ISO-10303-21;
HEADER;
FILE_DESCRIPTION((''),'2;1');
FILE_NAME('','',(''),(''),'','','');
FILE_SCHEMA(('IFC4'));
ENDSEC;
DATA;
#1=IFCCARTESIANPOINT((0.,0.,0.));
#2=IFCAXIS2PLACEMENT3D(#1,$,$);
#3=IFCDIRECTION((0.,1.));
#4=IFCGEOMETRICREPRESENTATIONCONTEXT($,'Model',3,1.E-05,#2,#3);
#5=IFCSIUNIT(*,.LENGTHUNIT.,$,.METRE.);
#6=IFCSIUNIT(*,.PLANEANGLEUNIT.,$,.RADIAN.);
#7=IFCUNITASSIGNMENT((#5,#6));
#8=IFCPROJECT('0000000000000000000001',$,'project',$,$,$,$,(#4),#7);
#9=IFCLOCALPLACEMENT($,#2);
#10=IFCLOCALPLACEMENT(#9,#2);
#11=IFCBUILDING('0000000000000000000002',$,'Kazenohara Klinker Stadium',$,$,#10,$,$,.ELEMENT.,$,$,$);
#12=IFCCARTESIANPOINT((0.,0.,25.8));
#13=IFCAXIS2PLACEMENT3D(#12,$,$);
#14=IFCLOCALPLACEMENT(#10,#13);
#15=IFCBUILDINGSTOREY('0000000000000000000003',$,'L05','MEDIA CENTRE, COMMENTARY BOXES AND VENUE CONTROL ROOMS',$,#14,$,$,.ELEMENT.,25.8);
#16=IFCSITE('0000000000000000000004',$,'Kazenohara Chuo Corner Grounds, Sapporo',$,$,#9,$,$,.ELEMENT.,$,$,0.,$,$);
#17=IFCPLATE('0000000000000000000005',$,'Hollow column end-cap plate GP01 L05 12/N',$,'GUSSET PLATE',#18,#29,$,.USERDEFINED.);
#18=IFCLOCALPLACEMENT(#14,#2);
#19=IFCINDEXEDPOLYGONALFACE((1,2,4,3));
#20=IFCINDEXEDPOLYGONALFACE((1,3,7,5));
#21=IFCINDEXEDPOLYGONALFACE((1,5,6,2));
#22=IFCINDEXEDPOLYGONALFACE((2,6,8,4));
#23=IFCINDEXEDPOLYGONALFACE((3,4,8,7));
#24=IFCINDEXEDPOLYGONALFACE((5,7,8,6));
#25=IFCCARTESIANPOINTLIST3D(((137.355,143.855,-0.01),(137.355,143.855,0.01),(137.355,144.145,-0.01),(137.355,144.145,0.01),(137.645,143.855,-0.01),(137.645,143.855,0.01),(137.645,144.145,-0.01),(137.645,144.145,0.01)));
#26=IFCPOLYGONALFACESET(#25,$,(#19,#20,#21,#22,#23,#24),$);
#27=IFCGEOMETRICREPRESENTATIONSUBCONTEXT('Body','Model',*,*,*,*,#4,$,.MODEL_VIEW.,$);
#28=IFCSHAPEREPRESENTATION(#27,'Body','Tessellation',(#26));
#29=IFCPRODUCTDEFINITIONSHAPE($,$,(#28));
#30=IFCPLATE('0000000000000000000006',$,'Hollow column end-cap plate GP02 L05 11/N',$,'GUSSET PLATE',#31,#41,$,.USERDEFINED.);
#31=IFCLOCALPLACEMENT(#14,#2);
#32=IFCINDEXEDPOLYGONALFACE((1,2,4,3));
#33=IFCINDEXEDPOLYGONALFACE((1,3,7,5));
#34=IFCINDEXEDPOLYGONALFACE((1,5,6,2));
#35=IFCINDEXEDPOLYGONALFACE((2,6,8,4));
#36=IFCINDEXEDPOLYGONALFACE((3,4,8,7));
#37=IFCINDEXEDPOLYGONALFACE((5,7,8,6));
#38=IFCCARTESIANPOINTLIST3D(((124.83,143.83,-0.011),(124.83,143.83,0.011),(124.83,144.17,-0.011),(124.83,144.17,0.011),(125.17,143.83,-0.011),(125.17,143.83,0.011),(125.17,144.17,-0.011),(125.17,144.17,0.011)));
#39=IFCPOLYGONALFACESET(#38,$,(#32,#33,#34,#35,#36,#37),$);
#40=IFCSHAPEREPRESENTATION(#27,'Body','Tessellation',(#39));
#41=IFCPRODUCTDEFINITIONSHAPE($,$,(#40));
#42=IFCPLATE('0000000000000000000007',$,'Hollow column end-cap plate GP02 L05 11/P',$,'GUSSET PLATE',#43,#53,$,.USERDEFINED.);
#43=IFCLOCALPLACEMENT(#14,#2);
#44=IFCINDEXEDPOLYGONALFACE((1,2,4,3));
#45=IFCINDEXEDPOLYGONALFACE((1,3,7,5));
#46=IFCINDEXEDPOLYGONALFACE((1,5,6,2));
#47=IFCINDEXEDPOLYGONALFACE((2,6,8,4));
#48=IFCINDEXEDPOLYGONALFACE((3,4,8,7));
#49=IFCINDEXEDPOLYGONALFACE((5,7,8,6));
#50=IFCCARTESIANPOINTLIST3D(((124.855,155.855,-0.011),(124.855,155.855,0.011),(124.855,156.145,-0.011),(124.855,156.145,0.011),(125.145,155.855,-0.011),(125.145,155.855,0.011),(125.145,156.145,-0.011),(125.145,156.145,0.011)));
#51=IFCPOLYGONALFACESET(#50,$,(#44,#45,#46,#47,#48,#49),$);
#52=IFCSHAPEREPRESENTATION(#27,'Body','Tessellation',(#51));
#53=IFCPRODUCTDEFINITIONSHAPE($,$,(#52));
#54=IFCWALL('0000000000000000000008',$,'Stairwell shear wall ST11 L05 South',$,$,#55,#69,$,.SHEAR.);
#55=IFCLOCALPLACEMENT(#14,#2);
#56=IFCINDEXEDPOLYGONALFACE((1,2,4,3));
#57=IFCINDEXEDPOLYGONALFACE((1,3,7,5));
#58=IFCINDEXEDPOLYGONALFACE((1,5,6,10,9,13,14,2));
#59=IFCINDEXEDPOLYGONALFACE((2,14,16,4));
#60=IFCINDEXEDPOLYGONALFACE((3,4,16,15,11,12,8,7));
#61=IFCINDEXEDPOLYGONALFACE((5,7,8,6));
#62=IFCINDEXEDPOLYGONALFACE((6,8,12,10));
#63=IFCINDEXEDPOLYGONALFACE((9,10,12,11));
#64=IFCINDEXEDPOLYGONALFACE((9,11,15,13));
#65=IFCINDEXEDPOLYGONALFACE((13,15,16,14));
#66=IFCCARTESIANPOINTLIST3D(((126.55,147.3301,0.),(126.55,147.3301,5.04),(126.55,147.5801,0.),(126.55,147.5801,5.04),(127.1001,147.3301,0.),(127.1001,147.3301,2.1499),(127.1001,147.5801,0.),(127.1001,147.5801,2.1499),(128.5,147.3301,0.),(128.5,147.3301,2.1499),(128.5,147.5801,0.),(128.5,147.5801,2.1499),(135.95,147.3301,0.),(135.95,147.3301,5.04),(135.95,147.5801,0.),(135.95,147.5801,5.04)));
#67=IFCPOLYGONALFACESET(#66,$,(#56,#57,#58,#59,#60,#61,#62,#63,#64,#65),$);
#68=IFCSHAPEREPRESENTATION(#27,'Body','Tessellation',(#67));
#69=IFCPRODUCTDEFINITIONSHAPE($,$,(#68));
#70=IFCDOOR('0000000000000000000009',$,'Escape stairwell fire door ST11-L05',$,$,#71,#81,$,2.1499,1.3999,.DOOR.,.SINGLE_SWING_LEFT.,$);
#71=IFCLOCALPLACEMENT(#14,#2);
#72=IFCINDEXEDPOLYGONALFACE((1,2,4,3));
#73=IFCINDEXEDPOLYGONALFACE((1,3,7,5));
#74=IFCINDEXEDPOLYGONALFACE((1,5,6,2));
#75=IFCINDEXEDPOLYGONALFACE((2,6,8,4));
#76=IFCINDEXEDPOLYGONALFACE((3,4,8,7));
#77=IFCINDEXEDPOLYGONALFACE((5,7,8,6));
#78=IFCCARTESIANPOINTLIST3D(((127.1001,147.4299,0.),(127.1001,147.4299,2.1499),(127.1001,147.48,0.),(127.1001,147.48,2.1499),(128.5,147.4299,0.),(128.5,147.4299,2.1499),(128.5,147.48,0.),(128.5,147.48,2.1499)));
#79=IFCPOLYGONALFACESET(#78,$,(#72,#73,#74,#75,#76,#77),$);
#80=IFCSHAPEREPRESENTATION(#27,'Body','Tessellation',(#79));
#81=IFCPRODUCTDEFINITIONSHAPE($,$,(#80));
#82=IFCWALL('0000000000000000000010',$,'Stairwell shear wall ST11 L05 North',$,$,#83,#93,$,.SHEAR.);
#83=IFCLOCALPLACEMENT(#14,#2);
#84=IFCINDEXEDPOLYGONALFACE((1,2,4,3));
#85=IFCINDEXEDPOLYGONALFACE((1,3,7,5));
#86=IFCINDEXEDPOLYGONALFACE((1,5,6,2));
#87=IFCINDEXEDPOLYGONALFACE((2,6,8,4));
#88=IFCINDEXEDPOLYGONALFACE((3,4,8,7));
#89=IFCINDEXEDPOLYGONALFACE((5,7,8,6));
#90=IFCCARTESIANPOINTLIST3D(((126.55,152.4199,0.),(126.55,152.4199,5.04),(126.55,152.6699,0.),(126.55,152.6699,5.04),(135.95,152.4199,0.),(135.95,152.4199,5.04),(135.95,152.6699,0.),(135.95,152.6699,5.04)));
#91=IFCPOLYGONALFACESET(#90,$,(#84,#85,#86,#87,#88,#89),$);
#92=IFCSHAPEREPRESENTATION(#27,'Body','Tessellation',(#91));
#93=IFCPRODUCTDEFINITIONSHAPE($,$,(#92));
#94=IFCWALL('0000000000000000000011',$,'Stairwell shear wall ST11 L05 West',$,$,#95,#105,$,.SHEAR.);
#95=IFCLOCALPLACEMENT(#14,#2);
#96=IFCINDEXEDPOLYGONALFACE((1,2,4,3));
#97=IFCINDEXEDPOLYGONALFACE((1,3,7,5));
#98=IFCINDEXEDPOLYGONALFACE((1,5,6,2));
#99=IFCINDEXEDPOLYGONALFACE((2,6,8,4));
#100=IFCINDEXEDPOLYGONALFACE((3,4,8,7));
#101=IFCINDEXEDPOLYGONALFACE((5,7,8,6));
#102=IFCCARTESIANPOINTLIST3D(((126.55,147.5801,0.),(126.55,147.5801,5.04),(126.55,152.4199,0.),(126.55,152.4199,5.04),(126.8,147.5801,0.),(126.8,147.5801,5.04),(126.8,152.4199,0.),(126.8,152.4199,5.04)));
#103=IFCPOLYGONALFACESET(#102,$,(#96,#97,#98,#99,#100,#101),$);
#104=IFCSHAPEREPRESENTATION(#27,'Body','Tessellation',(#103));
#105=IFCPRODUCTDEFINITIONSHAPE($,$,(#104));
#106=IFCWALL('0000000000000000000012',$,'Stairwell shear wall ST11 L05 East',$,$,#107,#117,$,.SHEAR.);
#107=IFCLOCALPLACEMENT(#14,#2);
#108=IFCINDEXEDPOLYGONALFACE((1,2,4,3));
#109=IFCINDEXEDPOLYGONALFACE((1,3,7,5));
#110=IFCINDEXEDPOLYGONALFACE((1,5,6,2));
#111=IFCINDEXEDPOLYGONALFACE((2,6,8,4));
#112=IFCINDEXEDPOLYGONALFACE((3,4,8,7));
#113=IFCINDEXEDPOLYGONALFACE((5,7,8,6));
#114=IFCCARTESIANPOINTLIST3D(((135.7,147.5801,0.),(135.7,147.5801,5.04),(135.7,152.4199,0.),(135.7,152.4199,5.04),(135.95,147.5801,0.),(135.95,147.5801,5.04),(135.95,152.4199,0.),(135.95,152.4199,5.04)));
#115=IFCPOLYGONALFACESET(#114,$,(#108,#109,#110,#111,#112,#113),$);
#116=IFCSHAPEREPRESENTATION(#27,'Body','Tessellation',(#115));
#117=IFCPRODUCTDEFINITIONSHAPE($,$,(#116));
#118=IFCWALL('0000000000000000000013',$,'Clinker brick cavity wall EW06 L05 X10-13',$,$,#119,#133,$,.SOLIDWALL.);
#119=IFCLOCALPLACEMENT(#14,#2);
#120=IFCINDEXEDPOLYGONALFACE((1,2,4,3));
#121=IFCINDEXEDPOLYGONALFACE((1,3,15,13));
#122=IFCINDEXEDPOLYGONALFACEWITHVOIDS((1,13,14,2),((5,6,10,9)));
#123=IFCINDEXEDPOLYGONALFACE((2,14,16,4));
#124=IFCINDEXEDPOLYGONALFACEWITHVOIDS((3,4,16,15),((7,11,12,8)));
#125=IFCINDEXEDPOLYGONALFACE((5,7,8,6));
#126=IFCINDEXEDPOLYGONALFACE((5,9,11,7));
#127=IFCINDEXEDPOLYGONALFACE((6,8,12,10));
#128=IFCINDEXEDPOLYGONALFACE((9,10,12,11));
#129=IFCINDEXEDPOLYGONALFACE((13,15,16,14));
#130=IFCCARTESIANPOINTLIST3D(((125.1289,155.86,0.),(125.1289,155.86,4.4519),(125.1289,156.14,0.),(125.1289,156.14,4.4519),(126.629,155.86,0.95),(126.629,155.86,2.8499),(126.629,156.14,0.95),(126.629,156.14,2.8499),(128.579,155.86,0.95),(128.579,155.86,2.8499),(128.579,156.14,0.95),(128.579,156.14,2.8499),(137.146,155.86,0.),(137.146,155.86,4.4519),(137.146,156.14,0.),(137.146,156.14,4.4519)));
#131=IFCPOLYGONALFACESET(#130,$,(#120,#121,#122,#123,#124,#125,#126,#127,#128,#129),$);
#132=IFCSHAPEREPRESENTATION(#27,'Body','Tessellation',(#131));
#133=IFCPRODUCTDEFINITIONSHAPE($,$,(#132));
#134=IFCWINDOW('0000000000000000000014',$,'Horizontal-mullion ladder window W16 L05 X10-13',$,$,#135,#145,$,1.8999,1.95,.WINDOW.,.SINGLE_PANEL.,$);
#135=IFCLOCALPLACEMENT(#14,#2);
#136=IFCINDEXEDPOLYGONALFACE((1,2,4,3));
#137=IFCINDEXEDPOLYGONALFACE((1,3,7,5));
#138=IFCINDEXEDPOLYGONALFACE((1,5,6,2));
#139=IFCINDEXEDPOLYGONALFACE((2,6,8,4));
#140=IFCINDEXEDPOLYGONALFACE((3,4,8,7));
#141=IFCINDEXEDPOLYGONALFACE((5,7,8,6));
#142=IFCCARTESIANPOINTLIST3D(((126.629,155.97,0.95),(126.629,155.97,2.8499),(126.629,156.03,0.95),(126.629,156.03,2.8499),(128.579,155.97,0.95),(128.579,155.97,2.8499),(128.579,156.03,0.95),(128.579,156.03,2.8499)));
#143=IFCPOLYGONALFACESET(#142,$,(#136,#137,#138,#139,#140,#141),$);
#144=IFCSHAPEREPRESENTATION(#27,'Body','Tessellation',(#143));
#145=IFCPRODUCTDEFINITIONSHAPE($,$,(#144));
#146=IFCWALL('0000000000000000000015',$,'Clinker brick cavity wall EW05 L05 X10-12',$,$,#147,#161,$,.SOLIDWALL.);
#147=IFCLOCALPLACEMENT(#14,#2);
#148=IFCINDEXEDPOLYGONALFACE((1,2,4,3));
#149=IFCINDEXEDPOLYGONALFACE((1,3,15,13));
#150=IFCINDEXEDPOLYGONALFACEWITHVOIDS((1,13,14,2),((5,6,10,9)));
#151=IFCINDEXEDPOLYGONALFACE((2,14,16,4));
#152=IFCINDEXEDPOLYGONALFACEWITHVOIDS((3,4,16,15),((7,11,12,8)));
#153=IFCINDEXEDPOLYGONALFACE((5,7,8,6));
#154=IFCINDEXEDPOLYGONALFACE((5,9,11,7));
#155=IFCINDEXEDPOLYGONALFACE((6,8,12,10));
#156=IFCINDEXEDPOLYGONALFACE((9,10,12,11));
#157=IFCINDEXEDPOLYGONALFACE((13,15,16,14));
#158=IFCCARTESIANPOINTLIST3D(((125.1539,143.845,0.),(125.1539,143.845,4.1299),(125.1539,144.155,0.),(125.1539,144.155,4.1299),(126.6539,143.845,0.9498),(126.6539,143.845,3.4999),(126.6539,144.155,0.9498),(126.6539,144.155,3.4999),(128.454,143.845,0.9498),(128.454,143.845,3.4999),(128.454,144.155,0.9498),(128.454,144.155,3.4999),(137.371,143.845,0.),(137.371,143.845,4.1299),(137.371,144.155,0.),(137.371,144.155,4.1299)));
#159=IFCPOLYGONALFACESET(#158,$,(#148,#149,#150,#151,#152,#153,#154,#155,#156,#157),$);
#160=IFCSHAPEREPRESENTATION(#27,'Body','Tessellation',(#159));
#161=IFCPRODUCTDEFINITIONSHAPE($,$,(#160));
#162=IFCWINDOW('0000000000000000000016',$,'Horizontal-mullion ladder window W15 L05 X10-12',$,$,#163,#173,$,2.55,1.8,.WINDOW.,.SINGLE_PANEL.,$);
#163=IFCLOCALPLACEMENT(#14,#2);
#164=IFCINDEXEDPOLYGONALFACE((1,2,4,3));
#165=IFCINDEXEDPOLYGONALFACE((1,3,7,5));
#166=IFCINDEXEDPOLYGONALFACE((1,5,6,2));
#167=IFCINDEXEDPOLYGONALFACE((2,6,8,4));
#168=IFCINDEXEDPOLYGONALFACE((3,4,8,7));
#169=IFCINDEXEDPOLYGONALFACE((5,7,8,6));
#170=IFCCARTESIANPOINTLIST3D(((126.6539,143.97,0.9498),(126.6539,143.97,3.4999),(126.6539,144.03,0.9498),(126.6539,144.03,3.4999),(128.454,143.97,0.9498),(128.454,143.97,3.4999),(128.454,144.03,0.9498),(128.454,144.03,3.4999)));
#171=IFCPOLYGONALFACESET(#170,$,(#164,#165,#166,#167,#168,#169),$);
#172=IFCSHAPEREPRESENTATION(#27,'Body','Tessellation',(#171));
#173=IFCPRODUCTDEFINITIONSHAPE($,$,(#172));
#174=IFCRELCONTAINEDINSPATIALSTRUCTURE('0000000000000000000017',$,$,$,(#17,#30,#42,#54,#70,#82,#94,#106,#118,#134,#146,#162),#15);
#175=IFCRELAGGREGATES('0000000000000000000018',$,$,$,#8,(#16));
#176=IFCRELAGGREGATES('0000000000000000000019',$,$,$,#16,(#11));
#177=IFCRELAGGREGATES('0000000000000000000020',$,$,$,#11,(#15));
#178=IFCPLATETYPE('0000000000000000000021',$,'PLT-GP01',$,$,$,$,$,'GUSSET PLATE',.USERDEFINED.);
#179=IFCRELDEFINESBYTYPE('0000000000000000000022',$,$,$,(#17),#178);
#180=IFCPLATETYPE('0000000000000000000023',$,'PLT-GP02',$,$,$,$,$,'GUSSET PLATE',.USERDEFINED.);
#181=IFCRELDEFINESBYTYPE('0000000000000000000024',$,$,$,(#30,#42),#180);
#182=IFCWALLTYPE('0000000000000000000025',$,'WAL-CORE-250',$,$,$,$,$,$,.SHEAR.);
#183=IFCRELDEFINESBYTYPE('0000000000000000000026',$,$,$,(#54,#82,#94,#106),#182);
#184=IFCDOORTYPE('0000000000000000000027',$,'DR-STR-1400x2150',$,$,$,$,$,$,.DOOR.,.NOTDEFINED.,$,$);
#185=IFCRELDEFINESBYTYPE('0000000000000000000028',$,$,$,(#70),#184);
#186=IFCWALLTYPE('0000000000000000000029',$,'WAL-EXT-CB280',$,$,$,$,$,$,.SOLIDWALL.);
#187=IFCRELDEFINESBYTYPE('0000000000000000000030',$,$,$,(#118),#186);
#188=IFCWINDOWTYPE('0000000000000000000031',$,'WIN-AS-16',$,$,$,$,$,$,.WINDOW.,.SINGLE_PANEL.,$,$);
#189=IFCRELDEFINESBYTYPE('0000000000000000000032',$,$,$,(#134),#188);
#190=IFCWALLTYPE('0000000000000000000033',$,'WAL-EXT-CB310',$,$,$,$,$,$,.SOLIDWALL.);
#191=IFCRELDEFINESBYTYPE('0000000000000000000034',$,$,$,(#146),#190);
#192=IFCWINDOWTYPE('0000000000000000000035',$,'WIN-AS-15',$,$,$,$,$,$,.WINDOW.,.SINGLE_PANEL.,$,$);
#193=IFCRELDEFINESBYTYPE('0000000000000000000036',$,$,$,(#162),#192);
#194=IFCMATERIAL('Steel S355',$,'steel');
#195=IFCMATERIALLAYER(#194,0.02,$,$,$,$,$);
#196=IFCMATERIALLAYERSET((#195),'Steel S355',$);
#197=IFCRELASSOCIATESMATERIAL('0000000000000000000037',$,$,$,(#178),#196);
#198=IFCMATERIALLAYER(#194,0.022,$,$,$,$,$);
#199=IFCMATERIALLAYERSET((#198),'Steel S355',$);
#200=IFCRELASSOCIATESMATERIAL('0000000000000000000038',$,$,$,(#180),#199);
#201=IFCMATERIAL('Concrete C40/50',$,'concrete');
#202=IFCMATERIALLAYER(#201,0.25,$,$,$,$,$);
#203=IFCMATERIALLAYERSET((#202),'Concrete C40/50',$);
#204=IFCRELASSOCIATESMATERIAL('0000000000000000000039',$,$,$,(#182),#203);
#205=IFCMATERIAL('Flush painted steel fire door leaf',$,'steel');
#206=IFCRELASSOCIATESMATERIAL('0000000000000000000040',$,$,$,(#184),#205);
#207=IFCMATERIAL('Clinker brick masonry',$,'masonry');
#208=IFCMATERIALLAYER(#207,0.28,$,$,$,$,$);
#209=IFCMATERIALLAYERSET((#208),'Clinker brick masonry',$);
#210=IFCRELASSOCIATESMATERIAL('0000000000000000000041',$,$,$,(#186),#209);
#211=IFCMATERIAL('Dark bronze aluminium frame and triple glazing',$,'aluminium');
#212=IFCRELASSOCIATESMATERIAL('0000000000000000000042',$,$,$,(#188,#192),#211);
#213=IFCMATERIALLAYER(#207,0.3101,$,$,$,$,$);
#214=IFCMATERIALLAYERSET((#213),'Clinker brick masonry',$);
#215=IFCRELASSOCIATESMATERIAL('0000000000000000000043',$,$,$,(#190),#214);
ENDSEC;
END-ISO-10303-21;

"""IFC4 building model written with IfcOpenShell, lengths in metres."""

from ifc_helpers import new_model, si_unit, direction, frame, frame_2d, origin, origin_2d, place, context, subcontext, project, spatial, rectangle, extrude, material, layer, layer_set, type_object, element, fill, save


model = new_model("IFC4")

# Units and contexts
model_context = context("Model", 3, precision=1e-05, world=origin(), true_north=direction((0.0, 1.0)))
body_context = subcontext(model_context, "Body", "Model", "MODEL_VIEW")
ifc_project = project(units=[si_unit("LENGTHUNIT", "METRE"), si_unit("PLANEANGLEUNIT", "RADIAN")], contexts=[model_context])

# Site, building, storey
site_placement = place(None, origin())
site = spatial("IfcSite", under=ifc_project, at=site_placement, Name="Kazenohara Chuo Corner Grounds, Sapporo", CompositionType="ELEMENT", RefElevation=0.0)
building_placement = place(site_placement, origin())
building = spatial("IfcBuilding", under=site, at=building_placement, Name="Kazenohara Klinker Stadium", CompositionType="ELEMENT")
storey_placement = place(building_placement, frame((0.0, 0.0, 25.8)))
storey = spatial("IfcBuildingStorey", under=building, at=storey_placement, Name="L05", Description="MEDIA CENTRE, COMMENTARY BOXES AND VENUE CONTROL ROOMS", CompositionType="ELEMENT", Elevation=25.8)

# Shared definitions
ifc_material_1 = material(Name="Concrete C40/50", Category="concrete")
ifc_material_2 = material(Name="Steel S355", Category="steel")

# Plates
ifc_layer_1 = layer(ifc_material_2, 0.02)
ifc_layer_set_1 = layer_set([ifc_layer_1], Name="Steel S355")
plate_type_1 = type_object("IfcPlateType", Name="PLT-GP01", ElementType="GUSSET PLATE", PredefinedType="USERDEFINED", material=ifc_layer_set_1)
plate_1_placement = place(storey_placement, frame((137.5, 144.0, -0.01), z_axis=(0.0, 0.0, 1.0), x_axis=(1.0, 0.0, 0.0)))
element("IfcPlate", 1, at=plate_1_placement, inside=storey, type_object=plate_type_1, Name="Hollow column end-cap plate GP01 L05 12/N", ObjectType="GUSSET PLATE", PredefinedType="USERDEFINED", context=body_context, shape_type="SweptSolid", body=[
    extrude(rectangle(XDim=0.29, YDim=0.29, at=origin_2d()), origin(), (0.0, 0.0, 1.0), 0.02),
])
ifc_layer_2 = layer(ifc_material_2, 0.022)
ifc_layer_set_2 = layer_set([ifc_layer_2], Name="Steel S355")
plate_type_2 = type_object("IfcPlateType", Name="PLT-GP02", ElementType="GUSSET PLATE", PredefinedType="USERDEFINED", material=ifc_layer_set_2)
plate_2_placement = place(storey_placement, frame((125.0, 144.0, -0.011), z_axis=(0.0, 0.0, 1.0), x_axis=(1.0, 0.0, 0.0)))
element("IfcPlate", 2, at=plate_2_placement, inside=storey, type_object=plate_type_2, Name="Hollow column end-cap plate GP02 L05 11/N", ObjectType="GUSSET PLATE", PredefinedType="USERDEFINED", context=body_context, shape_type="SweptSolid", body=[
    extrude(rectangle(XDim=0.3401, YDim=0.3401, at=origin_2d()), origin(), (0.0, 0.0, 1.0), 0.022),
])
plate_3_placement = place(storey_placement, frame((125.0, 156.0, -0.011), z_axis=(0.0, 0.0, 1.0), x_axis=(1.0, 0.0, 0.0)))
element("IfcPlate", 3, at=plate_3_placement, inside=storey, type_object=plate_type_2, Name="Hollow column end-cap plate GP02 L05 11/P", ObjectType="GUSSET PLATE", PredefinedType="USERDEFINED", context=body_context, shape_type="SweptSolid", body=[
    extrude(rectangle(XDim=0.29, YDim=0.29, at=origin_2d()), origin(), (0.0, 0.0, 1.0), 0.022),
])

# Wall, opening, door
ifc_layer_3 = layer(ifc_material_1, 0.25)
ifc_layer_set_3 = layer_set([ifc_layer_3], Name="Concrete C40/50")
wall_type_1 = type_object("IfcWallType", Name="WAL-CORE-250", PredefinedType="SHEAR", material=ifc_layer_set_3)
wall_1_placement = place(storey_placement, frame((126.55, 147.4551, 0.0), z_axis=(0.0, 0.0, 1.0), x_axis=(1.0, 0.0, 0.0)))
wall_1 = element("IfcWall", 4, at=wall_1_placement, inside=storey, type_object=wall_type_1, Name="Stairwell shear wall ST11 L05 South", PredefinedType="SHEAR", context=body_context, shape_type="SweptSolid", body=[
    extrude(rectangle(XDim=9.3999, YDim=0.25, at=frame_2d((4.7, 0.0))), origin(), (0.0, 0.0, 1.0), 5.04),
])
opening_1_placement = place(wall_1_placement, frame((0.55, 0.0, 0.0)))
opening_1 = element("IfcOpeningElement", 5, at=opening_1_placement, cuts=wall_1, PredefinedType="OPENING", context=body_context, shape_type="SweptSolid", body=[
    extrude(rectangle(XDim=1.3999, YDim=2.1499, at=frame_2d((0.7, 1.075))), frame((0.0, 0.135, 0.0), z_axis=(0.0, -1.0, 0.0), x_axis=(1.0, 0.0, 0.0)), (0.0, 0.0, 1.0), 0.27),
])
ifc_material_3 = material(Name="Flush painted steel fire door leaf", Category="steel")
door_type_1 = type_object("IfcDoorType", Name="DR-STR-1400x2150", OperationType="NOTDEFINED", PredefinedType="DOOR", material=ifc_material_3)
door_1_placement = place(opening_1_placement, origin())
door_1 = element("IfcDoor", 6, at=door_1_placement, inside=storey, type_object=door_type_1, Name="Escape stairwell fire door ST11-L05", OperationType="SINGLE_SWING_LEFT", OverallHeight=2.1499, OverallWidth=1.3999, PredefinedType="DOOR", context=body_context, shape_type="SweptSolid", body=[
    extrude(rectangle(XDim=1.3999, YDim=2.1499, at=frame_2d((0.7, 1.075))), frame((0.0, 0.0249, 0.0), z_axis=(0.0, -1.0, 0.0), x_axis=(1.0, 0.0, 0.0)), (0.0, 0.0, 1.0), 0.05),
])
fill(opening_1, door_1)

# Walls
wall_2_placement = place(storey_placement, frame((126.55, 152.5449, 0.0), z_axis=(0.0, 0.0, 1.0), x_axis=(1.0, 0.0, 0.0)))
element("IfcWall", 7, at=wall_2_placement, inside=storey, type_object=wall_type_1, Name="Stairwell shear wall ST11 L05 North", PredefinedType="SHEAR", context=body_context, shape_type="SweptSolid", body=[
    extrude(rectangle(XDim=9.3999, YDim=0.25, at=frame_2d((4.7, 0.0))), origin(), (0.0, 0.0, 1.0), 5.04),
])
for number, where, z_axis, x_axis, name in (
    (8, (126.675, 147.5801, 0.0), (0.0, 0.0, 1.0), (0.0, 1.0, 0.0), "Stairwell shear wall ST11 L05 West"),
    (9, (135.825, 147.5801, 0.0), (0.0, 0.0, 1.0), (0.0, 1.0, 0.0), "Stairwell shear wall ST11 L05 East"),
):
    element("IfcWall", number, at=place(storey_placement, frame(where, z_axis=z_axis, x_axis=x_axis)), inside=storey, type_object=wall_type_1, Name=name, PredefinedType="SHEAR", context=body_context, shape_type="SweptSolid", body=[
        extrude(rectangle(XDim=4.8398, YDim=0.25, at=frame_2d((2.4199, 0.0))), origin(), (0.0, 0.0, 1.0), 5.04),
    ])

# Walls, openings, windows
ifc_material_4 = material(Name="Clinker brick masonry", Category="masonry")
ifc_layer_4 = layer(ifc_material_4, 0.28)
ifc_layer_set_4 = layer_set([ifc_layer_4], Name="Clinker brick masonry")
wall_type_2 = type_object("IfcWallType", Name="WAL-EXT-CB280", PredefinedType="SOLIDWALL", material=ifc_layer_set_4)
wall_3_placement = place(storey_placement, frame((125.1289, 156.0, 0.0), z_axis=(0.0, 0.0, 1.0), x_axis=(1.0, 0.0, 0.0)))
wall_3 = element("IfcWall", 10, at=wall_3_placement, inside=storey, type_object=wall_type_2, Name="Clinker brick cavity wall EW06 L05 X10-13", PredefinedType="SOLIDWALL", context=body_context, shape_type="SweptSolid", body=[
    extrude(rectangle(XDim=12.0171, YDim=0.28, at=frame_2d((6.0085, 0.0))), origin(), (0.0, 0.0, 1.0), 4.4519),
])
opening_2_placement = place(wall_3_placement, frame((1.5, 0.0, 0.95)))
opening_2 = element("IfcOpeningElement", 11, at=opening_2_placement, cuts=wall_3, PredefinedType="OPENING", context=body_context, shape_type="SweptSolid", body=[
    extrude(rectangle(XDim=1.95, YDim=1.8999, at=frame_2d((0.9751, 0.95))), frame((0.0, 0.1499, 0.0), z_axis=(0.0, -1.0, 0.0), x_axis=(1.0, 0.0, 0.0)), (0.0, 0.0, 1.0), 0.3),
])
ifc_material_5 = material(Name="Dark bronze aluminium frame and triple glazing", Category="aluminium")
window_type_1 = type_object("IfcWindowType", Name="WIN-AS-16", PartitioningType="SINGLE_PANEL", PredefinedType="WINDOW", material=ifc_material_5)
window_1_placement = place(opening_2_placement, origin())
window_1 = element("IfcWindow", 12, at=window_1_placement, inside=storey, type_object=window_type_1, Name="Horizontal-mullion ladder window W16 L05 X10-13", OverallHeight=1.8999, OverallWidth=1.95, PartitioningType="SINGLE_PANEL", PredefinedType="WINDOW", context=body_context, shape_type="SweptSolid", body=[
    extrude(rectangle(XDim=1.95, YDim=1.8999, at=frame_2d((0.9751, 0.95))), frame((0.0, 0.03, 0.0), z_axis=(0.0, -1.0, 0.0), x_axis=(1.0, 0.0, 0.0)), (0.0, 0.0, 1.0), 0.0601),
])
fill(opening_2, window_1)
ifc_layer_5 = layer(ifc_material_4, 0.3101)
ifc_layer_set_5 = layer_set([ifc_layer_5], Name="Clinker brick masonry")
wall_type_3 = type_object("IfcWallType", Name="WAL-EXT-CB310", PredefinedType="SOLIDWALL", material=ifc_layer_set_5)
wall_4_placement = place(storey_placement, frame((125.1541, 144.0, 0.0), z_axis=(0.0, 0.0, 1.0), x_axis=(1.0, 0.0, 0.0)))
wall_4 = element("IfcWall", 13, at=wall_4_placement, inside=storey, type_object=wall_type_3, Name="Clinker brick cavity wall EW05 L05 X10-12", PredefinedType="SOLIDWALL", context=body_context, shape_type="SweptSolid", body=[
    extrude(rectangle(XDim=12.217, YDim=0.3101, at=frame_2d((6.1084, 0.0))), origin(), (0.0, 0.0, 1.0), 4.1299),
])
opening_3_placement = place(wall_4_placement, frame((1.5, 0.0, 0.95)))
opening_3 = element("IfcOpeningElement", 14, at=opening_3_placement, cuts=wall_4, PredefinedType="OPENING", context=body_context, shape_type="SweptSolid", body=[
    extrude(rectangle(XDim=1.8, YDim=2.55, at=frame_2d((0.8999, 1.2749))), frame((0.0, 0.165, 0.0), z_axis=(0.0, -1.0, 0.0), x_axis=(1.0, 0.0, 0.0)), (0.0, 0.0, 1.0), 0.3301),
])
window_type_2 = type_object("IfcWindowType", Name="WIN-AS-15", PartitioningType="SINGLE_PANEL", PredefinedType="WINDOW", material=ifc_material_5)
window_2_placement = place(opening_3_placement, origin())
window_2 = element("IfcWindow", 15, at=window_2_placement, inside=storey, type_object=window_type_2, Name="Horizontal-mullion ladder window W15 L05 X10-12", OverallHeight=2.55, OverallWidth=1.8, PartitioningType="SINGLE_PANEL", PredefinedType="WINDOW", context=body_context, shape_type="SweptSolid", body=[
    extrude(rectangle(XDim=1.8, YDim=2.55, at=frame_2d((0.8999, 1.2749))), frame((0.0, 0.03, 0.0), z_axis=(0.0, -1.0, 0.0), x_axis=(1.0, 0.0, 0.0)), (0.0, 0.0, 1.0), 0.0601),
])
fill(opening_3, window_2)

save(model, "model.ifc")
